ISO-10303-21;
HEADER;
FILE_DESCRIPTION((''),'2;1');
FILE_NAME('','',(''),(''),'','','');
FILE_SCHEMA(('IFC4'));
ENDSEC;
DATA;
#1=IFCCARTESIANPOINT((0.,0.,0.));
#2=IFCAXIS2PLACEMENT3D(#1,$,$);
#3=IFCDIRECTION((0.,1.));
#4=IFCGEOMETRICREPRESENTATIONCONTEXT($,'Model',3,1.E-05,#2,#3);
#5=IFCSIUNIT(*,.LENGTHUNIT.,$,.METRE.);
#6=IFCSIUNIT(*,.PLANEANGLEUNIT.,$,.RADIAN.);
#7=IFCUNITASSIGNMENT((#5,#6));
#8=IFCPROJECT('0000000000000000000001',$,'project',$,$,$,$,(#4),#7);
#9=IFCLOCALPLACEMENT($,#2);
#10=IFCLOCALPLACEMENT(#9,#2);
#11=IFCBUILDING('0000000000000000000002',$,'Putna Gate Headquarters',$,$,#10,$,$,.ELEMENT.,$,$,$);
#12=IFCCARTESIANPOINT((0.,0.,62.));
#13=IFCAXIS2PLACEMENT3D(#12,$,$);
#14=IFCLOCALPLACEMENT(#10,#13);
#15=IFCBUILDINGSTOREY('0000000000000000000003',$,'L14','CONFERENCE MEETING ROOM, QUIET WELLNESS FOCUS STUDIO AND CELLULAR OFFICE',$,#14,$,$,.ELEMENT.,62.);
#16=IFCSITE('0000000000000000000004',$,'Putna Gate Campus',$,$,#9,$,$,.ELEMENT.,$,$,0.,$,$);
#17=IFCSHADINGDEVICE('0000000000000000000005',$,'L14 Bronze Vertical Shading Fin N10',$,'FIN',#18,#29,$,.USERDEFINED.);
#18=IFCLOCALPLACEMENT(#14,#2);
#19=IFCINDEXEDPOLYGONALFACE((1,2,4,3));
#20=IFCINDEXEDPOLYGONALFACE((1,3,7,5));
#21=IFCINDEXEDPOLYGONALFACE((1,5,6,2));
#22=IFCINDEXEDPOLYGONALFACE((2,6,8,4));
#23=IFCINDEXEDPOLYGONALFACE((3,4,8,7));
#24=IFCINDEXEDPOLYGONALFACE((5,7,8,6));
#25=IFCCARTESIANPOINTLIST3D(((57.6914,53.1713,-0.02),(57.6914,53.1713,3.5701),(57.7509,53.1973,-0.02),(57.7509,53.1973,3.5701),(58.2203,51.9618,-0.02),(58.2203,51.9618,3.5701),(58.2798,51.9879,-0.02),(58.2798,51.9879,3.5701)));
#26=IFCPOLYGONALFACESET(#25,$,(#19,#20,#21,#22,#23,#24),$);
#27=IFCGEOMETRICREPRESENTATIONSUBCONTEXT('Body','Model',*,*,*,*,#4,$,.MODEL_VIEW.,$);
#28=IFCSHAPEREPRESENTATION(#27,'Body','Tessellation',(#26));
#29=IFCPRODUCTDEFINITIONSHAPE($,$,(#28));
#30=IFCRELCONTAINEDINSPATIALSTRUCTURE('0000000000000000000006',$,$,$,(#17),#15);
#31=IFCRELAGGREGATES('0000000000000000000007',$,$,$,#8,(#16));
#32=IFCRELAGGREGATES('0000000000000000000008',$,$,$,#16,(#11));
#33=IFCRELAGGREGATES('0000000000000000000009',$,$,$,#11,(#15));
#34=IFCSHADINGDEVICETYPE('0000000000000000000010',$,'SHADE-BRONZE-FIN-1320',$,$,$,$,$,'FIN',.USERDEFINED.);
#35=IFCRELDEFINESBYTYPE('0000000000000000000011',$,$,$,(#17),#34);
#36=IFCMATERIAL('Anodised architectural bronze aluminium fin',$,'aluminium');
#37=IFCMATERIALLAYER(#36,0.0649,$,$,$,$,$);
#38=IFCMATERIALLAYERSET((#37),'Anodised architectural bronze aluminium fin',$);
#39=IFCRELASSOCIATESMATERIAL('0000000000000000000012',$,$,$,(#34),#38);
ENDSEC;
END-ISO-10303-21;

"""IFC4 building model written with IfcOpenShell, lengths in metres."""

from ifc_helpers import new_model, si_unit, direction, frame, origin, origin_2d, place, context, subcontext, project, spatial, rectangle, extrude, material, layer, layer_set, type_object, element, save


model = new_model("IFC4")

# Units and contexts
model_context = context("Model", 3, precision=1e-05, world=origin(), true_north=direction((0.0, 1.0)))
body_context = subcontext(model_context, "Body", "Model", "MODEL_VIEW")
ifc_project = project(units=[si_unit("LENGTHUNIT", "METRE"), si_unit("PLANEANGLEUNIT", "RADIAN")], contexts=[model_context])

# Site, building, storey
site_placement = place(None, origin())
site = spatial("IfcSite", under=ifc_project, at=site_placement, Name="Putna Gate Campus", CompositionType="ELEMENT", RefElevation=0.0)
building_placement = place(site_placement, origin())
building = spatial("IfcBuilding", under=site, at=building_placement, Name="Putna Gate Headquarters", CompositionType="ELEMENT")
storey_placement = place(building_placement, frame((0.0, 0.0, 62.0)))
storey = spatial("IfcBuildingStorey", under=building, at=storey_placement, Name="L14", Description="CONFERENCE MEETING ROOM, QUIET WELLNESS FOCUS STUDIO AND CELLULAR OFFICE", CompositionType="ELEMENT", Elevation=62.0)

# Shading device
ifc_material_1 = material(Name="Anodised architectural bronze aluminium fin", Category="aluminium")
ifc_layer_1 = layer(ifc_material_1, 0.0649)
ifc_layer_set_1 = layer_set([ifc_layer_1], Name="Anodised architectural bronze aluminium fin")
shading_device_type = type_object("IfcShadingDeviceType", Name="SHADE-BRONZE-FIN-1320", ElementType="FIN", PredefinedType="USERDEFINED", material=ifc_layer_set_1)
for number, where, z_axis, x_axis, name in (
    (1, (57.9856, 52.5796, -0.02), (0.0, 0.0, 1.0), (-0.400669, 0.916223, 0.0), "L14 Bronze Vertical Shading Fin N10"),
):
    element("IfcShadingDevice", number, at=place(storey_placement, frame(where, z_axis=z_axis, x_axis=x_axis)), inside=storey, type_object=shading_device_type, Name=name, ObjectType="FIN", PredefinedType="USERDEFINED", context=body_context, shape_type="SweptSolid", body=[
        extrude(rectangle(XDim=1.3201, YDim=0.0649, at=origin_2d()), origin(), (0.0, 0.0, 1.0), 3.5901),
    ])

save(model, "model.ifc")
